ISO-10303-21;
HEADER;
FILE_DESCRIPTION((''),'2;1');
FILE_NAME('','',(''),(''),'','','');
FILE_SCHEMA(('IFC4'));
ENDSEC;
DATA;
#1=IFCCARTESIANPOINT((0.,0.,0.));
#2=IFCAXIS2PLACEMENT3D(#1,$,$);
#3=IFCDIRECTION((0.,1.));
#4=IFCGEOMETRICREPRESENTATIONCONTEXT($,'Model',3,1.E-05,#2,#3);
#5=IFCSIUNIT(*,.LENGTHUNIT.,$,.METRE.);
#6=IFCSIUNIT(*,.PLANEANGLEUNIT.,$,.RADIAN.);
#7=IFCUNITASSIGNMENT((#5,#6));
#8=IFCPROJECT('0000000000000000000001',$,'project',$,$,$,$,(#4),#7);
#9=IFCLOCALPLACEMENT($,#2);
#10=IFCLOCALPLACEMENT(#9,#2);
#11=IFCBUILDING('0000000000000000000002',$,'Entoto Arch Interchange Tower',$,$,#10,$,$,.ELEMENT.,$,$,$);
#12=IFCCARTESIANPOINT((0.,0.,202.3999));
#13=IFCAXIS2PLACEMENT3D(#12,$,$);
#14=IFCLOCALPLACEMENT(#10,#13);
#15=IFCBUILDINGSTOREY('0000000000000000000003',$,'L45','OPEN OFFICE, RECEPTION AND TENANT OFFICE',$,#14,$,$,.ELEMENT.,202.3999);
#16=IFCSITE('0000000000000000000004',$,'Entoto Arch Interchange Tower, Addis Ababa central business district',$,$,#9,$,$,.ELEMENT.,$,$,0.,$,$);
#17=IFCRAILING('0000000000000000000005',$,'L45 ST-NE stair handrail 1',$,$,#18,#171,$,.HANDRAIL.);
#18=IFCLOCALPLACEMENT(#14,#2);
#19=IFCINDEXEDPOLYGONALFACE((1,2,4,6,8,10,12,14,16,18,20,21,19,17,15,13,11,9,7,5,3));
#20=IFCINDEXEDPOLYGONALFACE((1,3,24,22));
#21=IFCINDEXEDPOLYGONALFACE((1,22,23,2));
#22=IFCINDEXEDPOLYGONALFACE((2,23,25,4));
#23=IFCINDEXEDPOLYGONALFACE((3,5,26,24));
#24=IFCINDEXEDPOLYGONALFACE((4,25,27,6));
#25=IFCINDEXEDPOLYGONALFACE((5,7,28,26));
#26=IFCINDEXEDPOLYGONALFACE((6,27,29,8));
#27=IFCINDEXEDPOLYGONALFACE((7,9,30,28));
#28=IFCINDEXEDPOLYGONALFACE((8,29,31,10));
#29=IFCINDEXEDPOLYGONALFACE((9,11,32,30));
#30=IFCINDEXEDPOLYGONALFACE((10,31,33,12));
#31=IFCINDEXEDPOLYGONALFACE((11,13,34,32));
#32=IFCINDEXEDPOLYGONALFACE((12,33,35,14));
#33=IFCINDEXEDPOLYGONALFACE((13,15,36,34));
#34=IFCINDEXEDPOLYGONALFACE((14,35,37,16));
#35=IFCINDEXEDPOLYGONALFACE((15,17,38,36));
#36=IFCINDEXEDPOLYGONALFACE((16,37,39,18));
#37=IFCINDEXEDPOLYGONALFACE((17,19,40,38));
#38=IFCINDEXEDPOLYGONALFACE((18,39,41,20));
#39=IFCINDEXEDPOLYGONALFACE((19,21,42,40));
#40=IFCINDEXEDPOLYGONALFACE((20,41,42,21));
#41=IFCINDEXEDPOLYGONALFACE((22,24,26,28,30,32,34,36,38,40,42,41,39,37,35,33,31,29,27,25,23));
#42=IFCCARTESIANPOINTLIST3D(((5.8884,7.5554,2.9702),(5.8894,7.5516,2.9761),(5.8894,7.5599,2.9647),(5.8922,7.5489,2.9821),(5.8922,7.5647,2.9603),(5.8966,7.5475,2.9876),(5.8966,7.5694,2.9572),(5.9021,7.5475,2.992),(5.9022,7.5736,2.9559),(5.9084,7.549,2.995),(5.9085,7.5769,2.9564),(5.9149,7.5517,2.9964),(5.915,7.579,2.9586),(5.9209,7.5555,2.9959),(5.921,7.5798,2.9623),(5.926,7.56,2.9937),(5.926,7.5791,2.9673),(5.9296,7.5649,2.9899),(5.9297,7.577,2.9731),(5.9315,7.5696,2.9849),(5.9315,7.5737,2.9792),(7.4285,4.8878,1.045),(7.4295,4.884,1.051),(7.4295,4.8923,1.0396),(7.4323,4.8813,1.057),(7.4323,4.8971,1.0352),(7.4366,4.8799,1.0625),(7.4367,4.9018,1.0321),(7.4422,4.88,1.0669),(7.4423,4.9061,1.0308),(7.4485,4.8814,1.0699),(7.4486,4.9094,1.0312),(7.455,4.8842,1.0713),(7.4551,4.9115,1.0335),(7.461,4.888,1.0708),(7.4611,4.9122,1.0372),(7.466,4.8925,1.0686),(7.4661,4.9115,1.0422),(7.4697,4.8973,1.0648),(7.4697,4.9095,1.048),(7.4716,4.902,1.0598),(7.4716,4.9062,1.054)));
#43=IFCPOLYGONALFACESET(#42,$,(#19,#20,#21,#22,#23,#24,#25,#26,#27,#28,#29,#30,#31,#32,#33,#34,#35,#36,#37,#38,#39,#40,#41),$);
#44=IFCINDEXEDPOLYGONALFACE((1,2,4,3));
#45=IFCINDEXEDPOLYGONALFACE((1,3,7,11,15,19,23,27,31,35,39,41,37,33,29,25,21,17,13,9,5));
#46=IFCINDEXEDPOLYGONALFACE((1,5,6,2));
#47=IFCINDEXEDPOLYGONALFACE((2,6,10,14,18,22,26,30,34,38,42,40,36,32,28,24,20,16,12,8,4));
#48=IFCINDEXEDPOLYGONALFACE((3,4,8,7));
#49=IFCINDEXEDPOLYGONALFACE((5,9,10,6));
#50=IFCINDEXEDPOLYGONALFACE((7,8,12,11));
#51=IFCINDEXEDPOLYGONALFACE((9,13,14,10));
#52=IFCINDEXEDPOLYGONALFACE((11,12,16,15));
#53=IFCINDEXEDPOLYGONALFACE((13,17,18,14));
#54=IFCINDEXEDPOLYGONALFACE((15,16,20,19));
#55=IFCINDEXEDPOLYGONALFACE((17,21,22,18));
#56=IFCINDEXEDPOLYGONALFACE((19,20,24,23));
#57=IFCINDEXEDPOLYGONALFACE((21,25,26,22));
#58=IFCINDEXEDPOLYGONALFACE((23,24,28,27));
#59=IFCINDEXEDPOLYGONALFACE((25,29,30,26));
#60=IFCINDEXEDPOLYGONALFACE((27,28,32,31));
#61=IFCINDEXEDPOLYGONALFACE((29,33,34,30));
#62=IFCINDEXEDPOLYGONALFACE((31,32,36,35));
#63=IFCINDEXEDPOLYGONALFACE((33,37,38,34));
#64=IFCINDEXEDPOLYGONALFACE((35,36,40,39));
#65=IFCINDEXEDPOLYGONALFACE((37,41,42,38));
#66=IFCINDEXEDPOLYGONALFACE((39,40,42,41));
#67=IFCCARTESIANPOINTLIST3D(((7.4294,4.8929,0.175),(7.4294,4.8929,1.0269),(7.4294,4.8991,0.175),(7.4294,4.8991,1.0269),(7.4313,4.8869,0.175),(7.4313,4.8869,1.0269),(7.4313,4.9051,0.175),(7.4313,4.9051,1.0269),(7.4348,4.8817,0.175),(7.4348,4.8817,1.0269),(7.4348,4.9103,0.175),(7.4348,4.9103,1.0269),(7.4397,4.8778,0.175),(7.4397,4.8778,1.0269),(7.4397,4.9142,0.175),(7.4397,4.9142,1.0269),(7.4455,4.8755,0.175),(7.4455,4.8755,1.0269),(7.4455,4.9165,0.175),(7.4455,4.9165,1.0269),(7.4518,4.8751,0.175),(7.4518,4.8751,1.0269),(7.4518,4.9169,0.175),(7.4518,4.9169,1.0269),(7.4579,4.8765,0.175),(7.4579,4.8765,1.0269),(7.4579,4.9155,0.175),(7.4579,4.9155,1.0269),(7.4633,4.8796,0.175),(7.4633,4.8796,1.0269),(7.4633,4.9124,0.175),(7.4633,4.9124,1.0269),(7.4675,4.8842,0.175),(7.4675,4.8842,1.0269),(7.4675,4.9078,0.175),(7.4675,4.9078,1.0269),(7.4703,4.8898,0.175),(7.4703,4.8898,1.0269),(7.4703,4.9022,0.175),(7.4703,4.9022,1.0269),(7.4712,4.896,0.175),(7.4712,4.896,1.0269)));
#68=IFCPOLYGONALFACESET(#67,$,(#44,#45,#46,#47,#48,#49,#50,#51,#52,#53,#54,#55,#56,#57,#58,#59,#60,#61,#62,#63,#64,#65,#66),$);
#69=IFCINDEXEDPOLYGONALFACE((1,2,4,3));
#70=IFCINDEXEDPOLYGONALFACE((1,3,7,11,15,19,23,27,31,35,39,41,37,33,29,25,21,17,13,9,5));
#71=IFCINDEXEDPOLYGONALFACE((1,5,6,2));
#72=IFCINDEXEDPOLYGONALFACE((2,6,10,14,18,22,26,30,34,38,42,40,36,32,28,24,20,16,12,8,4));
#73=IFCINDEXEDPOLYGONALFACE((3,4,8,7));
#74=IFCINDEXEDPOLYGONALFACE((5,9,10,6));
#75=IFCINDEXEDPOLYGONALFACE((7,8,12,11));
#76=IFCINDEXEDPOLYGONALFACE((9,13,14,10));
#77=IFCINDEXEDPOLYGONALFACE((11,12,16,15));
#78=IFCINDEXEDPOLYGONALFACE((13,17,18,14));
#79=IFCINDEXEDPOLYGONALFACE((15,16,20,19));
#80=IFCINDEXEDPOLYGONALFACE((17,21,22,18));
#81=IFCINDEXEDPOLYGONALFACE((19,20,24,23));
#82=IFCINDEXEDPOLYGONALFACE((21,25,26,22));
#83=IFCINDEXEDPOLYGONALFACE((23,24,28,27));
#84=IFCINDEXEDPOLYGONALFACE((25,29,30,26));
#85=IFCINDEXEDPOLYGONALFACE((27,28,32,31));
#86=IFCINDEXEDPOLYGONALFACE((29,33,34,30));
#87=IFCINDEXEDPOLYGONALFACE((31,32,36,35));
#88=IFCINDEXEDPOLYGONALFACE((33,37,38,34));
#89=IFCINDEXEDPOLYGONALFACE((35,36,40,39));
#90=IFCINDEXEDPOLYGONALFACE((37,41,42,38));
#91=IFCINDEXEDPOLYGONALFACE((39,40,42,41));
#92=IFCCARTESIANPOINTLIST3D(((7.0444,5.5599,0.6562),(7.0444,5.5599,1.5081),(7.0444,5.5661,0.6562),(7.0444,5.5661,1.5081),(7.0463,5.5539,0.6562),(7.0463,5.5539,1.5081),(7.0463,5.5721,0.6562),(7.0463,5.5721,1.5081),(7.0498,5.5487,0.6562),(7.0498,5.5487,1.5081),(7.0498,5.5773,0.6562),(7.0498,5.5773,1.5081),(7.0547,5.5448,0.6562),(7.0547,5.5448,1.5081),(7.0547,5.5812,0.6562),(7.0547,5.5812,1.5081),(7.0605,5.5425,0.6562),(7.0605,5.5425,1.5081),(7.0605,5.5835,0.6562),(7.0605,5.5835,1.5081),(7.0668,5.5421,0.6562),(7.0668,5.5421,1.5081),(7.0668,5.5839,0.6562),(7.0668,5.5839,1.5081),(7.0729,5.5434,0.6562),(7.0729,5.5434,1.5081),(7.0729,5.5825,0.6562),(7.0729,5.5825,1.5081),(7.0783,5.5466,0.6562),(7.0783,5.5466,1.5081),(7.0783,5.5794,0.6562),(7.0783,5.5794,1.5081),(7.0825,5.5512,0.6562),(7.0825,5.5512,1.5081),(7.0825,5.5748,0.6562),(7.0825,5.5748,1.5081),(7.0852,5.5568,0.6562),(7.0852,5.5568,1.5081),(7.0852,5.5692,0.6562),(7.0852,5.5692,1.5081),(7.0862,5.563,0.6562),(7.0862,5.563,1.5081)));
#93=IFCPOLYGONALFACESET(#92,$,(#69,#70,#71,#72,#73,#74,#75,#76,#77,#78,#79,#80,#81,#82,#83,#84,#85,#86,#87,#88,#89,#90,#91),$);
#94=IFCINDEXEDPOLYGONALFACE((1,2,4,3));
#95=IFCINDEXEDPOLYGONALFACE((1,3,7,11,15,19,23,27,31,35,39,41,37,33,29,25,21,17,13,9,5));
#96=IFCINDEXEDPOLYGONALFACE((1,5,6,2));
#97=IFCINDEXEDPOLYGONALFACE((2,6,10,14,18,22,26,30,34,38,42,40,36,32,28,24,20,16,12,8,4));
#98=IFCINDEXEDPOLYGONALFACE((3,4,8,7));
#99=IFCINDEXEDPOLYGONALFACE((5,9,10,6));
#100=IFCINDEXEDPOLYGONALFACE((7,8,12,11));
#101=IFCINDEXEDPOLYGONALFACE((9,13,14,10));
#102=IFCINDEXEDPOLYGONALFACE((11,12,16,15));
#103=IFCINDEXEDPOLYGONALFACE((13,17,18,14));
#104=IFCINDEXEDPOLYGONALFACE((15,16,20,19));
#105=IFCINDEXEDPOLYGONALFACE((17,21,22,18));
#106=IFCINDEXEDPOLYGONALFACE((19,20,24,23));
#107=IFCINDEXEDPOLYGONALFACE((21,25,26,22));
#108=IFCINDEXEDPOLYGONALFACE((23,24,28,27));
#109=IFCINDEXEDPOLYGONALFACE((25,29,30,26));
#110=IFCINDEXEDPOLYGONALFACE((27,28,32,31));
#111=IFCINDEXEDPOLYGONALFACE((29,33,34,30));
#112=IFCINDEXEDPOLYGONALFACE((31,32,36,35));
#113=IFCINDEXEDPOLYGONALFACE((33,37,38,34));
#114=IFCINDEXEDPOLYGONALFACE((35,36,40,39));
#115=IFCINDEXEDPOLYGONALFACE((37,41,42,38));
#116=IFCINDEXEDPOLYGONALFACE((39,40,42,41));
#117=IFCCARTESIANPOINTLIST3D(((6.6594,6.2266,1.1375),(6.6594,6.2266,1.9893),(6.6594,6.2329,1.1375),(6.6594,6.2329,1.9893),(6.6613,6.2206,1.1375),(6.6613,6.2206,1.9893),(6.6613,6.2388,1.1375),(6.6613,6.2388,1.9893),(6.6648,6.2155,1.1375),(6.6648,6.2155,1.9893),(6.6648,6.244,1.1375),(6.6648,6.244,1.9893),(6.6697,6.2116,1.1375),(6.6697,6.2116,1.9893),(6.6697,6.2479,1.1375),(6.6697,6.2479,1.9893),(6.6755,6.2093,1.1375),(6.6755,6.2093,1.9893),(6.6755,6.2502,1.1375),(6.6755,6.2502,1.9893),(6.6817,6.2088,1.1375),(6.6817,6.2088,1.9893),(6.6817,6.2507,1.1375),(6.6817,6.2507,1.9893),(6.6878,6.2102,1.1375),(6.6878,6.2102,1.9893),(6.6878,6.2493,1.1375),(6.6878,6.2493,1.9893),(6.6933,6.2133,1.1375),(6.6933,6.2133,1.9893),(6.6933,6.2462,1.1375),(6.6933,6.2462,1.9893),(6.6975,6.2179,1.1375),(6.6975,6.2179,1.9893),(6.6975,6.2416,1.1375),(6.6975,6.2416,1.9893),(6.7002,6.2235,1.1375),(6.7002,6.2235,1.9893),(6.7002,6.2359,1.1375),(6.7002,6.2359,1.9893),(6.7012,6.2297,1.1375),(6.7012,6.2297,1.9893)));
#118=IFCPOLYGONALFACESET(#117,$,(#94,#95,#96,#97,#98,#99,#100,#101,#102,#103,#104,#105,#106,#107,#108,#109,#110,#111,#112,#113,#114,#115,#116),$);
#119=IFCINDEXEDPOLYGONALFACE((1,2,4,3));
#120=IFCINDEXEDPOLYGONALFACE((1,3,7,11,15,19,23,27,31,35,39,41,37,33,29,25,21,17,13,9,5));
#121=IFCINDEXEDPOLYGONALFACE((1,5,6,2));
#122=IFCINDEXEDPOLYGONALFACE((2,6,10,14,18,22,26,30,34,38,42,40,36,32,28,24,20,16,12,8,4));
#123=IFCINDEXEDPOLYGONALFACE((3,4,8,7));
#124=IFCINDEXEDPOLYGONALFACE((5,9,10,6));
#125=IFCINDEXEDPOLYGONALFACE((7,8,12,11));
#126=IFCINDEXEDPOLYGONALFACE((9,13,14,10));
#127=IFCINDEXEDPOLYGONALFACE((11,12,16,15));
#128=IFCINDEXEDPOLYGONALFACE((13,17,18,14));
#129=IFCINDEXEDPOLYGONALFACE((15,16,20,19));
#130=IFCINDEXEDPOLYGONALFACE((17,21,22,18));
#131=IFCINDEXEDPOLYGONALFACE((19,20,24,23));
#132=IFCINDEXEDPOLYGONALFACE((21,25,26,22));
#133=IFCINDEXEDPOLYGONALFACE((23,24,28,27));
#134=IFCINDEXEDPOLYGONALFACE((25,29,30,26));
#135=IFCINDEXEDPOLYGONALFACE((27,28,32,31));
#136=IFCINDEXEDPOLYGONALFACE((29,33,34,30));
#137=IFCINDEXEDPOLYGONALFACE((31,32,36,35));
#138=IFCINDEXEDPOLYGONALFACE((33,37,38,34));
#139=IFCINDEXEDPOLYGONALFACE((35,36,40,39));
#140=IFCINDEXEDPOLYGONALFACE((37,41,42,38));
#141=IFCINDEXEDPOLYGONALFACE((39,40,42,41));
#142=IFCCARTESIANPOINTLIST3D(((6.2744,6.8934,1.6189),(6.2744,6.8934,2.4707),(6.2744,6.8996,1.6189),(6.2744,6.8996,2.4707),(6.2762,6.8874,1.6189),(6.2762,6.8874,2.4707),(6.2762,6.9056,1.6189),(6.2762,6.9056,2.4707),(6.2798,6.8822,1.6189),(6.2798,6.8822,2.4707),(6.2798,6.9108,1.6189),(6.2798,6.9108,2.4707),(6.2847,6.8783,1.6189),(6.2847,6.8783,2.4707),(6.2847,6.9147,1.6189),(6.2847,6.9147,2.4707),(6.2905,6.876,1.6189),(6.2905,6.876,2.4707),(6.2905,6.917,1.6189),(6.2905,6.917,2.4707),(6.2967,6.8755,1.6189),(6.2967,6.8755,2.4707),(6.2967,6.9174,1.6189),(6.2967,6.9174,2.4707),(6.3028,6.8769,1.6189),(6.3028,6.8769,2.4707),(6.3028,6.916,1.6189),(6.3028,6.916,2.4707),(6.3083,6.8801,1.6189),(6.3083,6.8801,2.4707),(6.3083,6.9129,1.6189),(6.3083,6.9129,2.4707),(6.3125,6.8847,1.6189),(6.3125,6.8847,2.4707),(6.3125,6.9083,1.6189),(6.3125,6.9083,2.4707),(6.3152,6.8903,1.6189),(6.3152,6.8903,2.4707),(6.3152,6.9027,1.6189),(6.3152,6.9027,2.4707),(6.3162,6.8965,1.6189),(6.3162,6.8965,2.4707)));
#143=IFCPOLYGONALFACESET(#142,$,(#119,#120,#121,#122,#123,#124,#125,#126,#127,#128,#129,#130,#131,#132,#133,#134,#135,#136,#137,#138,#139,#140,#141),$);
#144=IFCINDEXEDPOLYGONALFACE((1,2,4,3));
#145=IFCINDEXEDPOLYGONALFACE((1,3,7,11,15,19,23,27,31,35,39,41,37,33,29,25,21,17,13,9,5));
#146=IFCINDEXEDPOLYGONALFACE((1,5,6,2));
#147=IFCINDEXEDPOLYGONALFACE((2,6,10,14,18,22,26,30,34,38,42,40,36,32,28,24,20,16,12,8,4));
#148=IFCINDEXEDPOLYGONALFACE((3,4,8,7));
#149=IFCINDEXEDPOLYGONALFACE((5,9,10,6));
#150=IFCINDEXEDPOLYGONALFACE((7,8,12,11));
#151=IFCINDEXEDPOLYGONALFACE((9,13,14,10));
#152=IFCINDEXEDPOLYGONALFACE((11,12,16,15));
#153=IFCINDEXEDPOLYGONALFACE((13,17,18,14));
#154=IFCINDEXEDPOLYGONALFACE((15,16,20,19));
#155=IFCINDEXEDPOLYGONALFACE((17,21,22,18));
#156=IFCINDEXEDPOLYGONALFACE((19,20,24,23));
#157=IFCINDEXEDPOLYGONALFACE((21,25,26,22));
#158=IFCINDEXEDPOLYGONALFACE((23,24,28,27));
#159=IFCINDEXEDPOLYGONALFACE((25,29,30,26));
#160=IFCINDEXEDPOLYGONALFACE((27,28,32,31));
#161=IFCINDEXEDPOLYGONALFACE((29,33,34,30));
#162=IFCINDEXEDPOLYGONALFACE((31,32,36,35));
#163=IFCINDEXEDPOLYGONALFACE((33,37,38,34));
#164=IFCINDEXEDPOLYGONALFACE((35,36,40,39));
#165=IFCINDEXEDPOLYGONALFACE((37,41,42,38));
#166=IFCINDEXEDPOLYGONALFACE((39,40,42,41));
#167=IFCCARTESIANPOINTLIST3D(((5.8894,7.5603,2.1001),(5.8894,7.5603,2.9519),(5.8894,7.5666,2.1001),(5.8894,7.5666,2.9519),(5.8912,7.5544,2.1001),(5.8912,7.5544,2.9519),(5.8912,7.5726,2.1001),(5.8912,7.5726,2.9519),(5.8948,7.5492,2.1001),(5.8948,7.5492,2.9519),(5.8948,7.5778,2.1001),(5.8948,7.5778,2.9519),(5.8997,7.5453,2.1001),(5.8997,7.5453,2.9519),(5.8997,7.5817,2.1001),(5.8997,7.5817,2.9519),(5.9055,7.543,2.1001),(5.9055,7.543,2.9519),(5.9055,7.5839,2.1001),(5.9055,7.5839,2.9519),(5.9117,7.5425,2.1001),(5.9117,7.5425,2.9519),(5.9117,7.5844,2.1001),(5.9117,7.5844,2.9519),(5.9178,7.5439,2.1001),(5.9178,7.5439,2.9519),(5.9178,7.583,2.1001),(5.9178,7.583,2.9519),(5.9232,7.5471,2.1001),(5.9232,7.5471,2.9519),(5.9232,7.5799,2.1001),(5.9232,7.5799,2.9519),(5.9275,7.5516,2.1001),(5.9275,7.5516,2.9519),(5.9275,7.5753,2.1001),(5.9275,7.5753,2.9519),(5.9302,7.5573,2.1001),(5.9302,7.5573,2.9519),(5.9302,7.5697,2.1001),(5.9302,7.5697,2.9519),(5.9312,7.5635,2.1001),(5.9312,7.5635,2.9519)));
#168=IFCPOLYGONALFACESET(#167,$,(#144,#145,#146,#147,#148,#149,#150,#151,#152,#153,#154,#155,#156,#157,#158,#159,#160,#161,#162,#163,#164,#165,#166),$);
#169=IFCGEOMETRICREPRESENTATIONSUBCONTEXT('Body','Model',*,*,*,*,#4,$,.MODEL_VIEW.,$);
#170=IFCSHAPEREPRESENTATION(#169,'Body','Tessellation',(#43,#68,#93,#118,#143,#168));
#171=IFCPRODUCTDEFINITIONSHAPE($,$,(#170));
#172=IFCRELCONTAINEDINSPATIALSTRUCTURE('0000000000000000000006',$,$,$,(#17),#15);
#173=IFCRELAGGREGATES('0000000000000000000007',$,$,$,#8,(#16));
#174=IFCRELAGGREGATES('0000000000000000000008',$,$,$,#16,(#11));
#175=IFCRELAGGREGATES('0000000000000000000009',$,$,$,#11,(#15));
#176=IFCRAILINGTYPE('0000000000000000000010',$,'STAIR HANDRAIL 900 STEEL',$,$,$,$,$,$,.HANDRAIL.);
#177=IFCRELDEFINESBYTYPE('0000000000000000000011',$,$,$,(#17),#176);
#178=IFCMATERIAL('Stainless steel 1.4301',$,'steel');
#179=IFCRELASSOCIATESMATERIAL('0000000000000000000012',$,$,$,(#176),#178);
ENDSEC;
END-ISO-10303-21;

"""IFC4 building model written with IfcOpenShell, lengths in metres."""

from ifc_helpers import new_model, si_unit, direction, frame, origin, origin_2d, place, context, subcontext, project, spatial, circle, extrude, material, type_object, element, save


model = new_model("IFC4")

# Units and contexts
model_context = context("Model", 3, precision=1e-05, world=origin(), true_north=direction((0.0, 1.0)))
body_context = subcontext(model_context, "Body", "Model", "MODEL_VIEW")
ifc_project = project(units=[si_unit("LENGTHUNIT", "METRE"), si_unit("PLANEANGLEUNIT", "RADIAN")], contexts=[model_context])

# Site, building, storey
site_placement = place(None, origin())
site = spatial("IfcSite", under=ifc_project, at=site_placement, Name="Entoto Arch Interchange Tower, Addis Ababa central business district", CompositionType="ELEMENT", RefElevation=0.0)
building_placement = place(site_placement, origin())
building = spatial("IfcBuilding", under=site, at=building_placement, Name="Entoto Arch Interchange Tower", CompositionType="ELEMENT")
storey_placement = place(building_placement, frame((0.0, 0.0, 202.3999)))
storey = spatial("IfcBuildingStorey", under=building, at=storey_placement, Name="L45", Description="OPEN OFFICE, RECEPTION AND TENANT OFFICE", CompositionType="ELEMENT", Elevation=202.3999)

# Railing
ifc_material_1 = material(Name="Stainless steel 1.4301", Category="steel")
railing_type_1 = type_object("IfcRailingType", Name="STAIR HANDRAIL 900 STEEL", PredefinedType="HANDRAIL", material=ifc_material_1)
railing_1_placement = place(storey_placement, frame((7.4502, 4.896, 0.175)))
element("IfcRailing", 1, at=railing_1_placement, inside=storey, type_object=railing_type_1, Name="L45 ST-NE stair handrail 1", PredefinedType="HANDRAIL", context=body_context, shape_type="SweptSolid", body=[
    extrude(circle(Radius=0.0239, at=origin_2d()), frame((0.0, 0.0, 0.876), z_axis=(-0.423994, 0.734395, 0.529993), x_axis=(-0.86603, -0.499992, 0.0)), (0.0, 0.0, 1.0), 3.6323),
    extrude(circle(Radius=0.021, at=origin_2d()), origin(), (0.0, 0.0, 1.0), 0.8518),
    extrude(circle(Radius=0.021, at=origin_2d()), frame((-0.385, 0.667, 0.4812)), (0.0, 0.0, 1.0), 0.8518),
    extrude(circle(Radius=0.021, at=origin_2d()), frame((-0.77, 1.3337, 0.9624)), (0.0, 0.0, 1.0), 0.8518),
    extrude(circle(Radius=0.021, at=origin_2d()), frame((-1.155, 2.0005, 1.4438)), (0.0, 0.0, 1.0), 0.8518),
    extrude(circle(Radius=0.021, at=origin_2d()), frame((-1.54, 2.6675, 1.925)), (0.0, 0.0, 1.0), 0.8518),
])

save(model, "model.ifc")
